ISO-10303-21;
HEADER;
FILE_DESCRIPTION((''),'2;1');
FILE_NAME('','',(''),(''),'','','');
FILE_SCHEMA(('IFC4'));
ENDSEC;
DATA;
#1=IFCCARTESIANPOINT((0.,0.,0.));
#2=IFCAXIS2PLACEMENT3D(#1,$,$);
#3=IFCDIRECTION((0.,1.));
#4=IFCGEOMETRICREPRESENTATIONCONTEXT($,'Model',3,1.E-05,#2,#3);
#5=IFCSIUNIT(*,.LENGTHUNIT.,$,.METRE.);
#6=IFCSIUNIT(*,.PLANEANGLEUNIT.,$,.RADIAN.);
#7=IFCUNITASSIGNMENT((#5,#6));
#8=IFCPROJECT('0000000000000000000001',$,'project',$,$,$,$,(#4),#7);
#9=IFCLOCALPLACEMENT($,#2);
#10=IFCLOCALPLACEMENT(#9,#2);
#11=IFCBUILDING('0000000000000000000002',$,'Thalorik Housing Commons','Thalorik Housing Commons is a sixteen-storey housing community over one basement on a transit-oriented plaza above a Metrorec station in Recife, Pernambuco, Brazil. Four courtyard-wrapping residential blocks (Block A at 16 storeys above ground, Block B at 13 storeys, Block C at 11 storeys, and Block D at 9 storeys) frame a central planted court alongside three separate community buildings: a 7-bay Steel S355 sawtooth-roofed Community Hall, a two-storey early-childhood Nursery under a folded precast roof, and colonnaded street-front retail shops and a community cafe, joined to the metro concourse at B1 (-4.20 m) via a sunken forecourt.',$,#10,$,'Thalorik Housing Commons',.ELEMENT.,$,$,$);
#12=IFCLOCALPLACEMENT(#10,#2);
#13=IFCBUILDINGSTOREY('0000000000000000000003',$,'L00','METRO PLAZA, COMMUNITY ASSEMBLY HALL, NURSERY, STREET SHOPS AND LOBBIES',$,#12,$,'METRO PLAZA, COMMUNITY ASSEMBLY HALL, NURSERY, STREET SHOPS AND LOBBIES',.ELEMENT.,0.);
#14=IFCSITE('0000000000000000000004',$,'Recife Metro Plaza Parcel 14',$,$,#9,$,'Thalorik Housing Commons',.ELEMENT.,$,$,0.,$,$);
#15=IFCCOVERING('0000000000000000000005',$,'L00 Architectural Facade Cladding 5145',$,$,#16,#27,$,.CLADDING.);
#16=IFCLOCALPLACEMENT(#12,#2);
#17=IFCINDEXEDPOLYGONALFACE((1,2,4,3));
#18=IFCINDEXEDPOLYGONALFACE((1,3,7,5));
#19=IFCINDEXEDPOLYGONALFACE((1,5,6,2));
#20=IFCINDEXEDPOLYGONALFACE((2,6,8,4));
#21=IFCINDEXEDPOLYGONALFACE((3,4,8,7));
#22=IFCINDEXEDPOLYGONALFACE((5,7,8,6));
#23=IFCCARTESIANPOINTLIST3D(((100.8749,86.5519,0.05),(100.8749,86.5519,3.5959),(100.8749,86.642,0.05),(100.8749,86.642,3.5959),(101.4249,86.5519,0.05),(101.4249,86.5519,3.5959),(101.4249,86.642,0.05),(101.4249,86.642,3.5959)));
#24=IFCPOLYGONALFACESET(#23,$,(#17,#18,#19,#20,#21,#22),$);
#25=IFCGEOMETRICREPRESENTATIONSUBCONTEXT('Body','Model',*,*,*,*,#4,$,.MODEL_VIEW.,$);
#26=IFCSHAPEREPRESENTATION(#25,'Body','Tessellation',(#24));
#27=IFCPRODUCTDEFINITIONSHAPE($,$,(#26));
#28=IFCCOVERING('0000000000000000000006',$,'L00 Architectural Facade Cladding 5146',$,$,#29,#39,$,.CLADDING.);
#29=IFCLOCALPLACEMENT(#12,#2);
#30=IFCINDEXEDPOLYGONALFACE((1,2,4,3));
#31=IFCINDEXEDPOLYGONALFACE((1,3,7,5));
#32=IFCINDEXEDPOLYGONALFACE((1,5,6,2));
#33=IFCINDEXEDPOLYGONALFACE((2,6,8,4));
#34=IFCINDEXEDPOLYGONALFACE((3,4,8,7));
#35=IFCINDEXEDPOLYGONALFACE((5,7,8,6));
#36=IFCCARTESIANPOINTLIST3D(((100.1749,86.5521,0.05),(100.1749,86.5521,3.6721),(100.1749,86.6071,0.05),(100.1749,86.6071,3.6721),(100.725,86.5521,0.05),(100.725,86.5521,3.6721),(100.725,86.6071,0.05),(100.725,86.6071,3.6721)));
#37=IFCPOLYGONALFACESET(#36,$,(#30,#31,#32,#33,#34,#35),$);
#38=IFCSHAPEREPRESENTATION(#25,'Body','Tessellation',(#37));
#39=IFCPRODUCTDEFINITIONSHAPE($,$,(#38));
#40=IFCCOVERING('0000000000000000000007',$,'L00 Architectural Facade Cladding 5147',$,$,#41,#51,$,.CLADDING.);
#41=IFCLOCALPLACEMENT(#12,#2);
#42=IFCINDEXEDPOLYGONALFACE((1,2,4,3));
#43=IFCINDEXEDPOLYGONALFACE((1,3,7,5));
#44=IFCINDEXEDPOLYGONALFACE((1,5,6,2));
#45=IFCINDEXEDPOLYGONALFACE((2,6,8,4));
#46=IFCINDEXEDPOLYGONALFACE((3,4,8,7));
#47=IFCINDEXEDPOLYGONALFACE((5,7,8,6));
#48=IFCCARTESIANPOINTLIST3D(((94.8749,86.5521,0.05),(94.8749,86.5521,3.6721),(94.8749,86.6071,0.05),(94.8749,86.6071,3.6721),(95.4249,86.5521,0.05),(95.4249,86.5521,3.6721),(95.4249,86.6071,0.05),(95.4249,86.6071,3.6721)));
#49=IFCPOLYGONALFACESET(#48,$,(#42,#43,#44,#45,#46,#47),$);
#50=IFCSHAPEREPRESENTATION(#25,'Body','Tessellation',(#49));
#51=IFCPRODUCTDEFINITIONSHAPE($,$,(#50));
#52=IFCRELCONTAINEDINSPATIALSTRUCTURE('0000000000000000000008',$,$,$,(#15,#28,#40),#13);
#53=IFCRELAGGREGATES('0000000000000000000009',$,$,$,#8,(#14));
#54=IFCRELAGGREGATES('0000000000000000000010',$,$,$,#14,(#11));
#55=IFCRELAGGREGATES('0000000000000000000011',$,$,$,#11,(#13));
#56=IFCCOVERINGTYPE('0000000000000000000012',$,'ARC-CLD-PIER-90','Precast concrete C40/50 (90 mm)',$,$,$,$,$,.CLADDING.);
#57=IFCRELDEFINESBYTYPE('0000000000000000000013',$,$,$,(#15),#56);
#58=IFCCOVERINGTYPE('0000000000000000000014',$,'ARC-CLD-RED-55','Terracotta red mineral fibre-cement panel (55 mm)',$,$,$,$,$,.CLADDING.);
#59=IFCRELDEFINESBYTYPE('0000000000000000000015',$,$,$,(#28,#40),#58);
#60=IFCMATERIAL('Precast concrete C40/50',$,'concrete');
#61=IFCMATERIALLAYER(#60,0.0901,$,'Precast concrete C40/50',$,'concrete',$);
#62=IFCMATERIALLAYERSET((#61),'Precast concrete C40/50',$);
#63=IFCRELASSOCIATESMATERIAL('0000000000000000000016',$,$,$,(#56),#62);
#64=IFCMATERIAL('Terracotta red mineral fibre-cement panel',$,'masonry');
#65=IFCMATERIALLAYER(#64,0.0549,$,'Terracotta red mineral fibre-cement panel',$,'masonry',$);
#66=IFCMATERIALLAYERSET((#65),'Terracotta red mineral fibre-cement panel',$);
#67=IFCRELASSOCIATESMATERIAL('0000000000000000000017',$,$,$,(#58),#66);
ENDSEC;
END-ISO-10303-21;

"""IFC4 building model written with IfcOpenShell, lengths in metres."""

from ifc_helpers import new_model, si_unit, direction, frame, origin, origin_2d, place, context, subcontext, project, spatial, rectangle, extrude, material, layer, layer_set, type_object, element, save


model = new_model("IFC4")

# Units and contexts
model_context = context("Model", 3, precision=1e-05, world=origin(), true_north=direction((0.0, 1.0)))
body_context = subcontext(model_context, "Body", "Model", "MODEL_VIEW")
ifc_project = project(units=[si_unit("LENGTHUNIT", "METRE"), si_unit("PLANEANGLEUNIT", "RADIAN")], contexts=[model_context])

# Site, building, storey
site_placement = place(None, origin())
site = spatial("IfcSite", under=ifc_project, at=site_placement, Name="Recife Metro Plaza Parcel 14", LongName="Thalorik Housing Commons", CompositionType="ELEMENT", RefElevation=0.0)
building_placement = place(site_placement, origin())
building = spatial("IfcBuilding", under=site, at=building_placement, Name="Thalorik Housing Commons", Description="Thalorik Housing Commons is a sixteen-storey housing community over one basement on a transit-oriented plaza above a Metrorec station in Recife, Pernambuco, Brazil. Four courtyard-wrapping residential blocks (Block A at 16 storeys above ground, Block B at 13 storeys, Block C at 11 storeys, and Block D at 9 storeys) frame a central planted court alongside three separate community buildings: a 7-bay Steel S355 sawtooth-roofed Community Hall, a two-storey early-childhood Nursery under a folded precast roof, and colonnaded street-front retail shops and a community cafe, joined to the metro concourse at B1 (-4.20 m) via a sunken forecourt.", LongName="Thalorik Housing Commons", CompositionType="ELEMENT")
storey_placement = place(building_placement, origin())
storey = spatial("IfcBuildingStorey", under=building, at=storey_placement, Name="L00", Description="METRO PLAZA, COMMUNITY ASSEMBLY HALL, NURSERY, STREET SHOPS AND LOBBIES", LongName="METRO PLAZA, COMMUNITY ASSEMBLY HALL, NURSERY, STREET SHOPS AND LOBBIES", CompositionType="ELEMENT", Elevation=0.0)

# Coverings
ifc_material_1 = material(Name="Precast concrete C40/50", Category="concrete")
ifc_layer_1 = layer(ifc_material_1, 0.0901, Name="Precast concrete C40/50", Category="concrete")
ifc_layer_set_1 = layer_set([ifc_layer_1], Name="Precast concrete C40/50")
covering_type_1 = type_object("IfcCoveringType", Name="ARC-CLD-PIER-90", Description="Precast concrete C40/50 (90 mm)", PredefinedType="CLADDING", material=ifc_layer_set_1)
covering_placement = place(storey_placement, frame((101.1499, 86.5969, 0.05), z_axis=(0.0, 0.0, 1.0), x_axis=(-1.0, 0.0, 0.0)))
element("IfcCovering", 1, at=covering_placement, inside=storey, type_object=covering_type_1, Name="L00 Architectural Facade Cladding 5145", PredefinedType="CLADDING", context=body_context, shape_type="SweptSolid", body=[
    extrude(rectangle(XDim=0.55, YDim=0.0901, at=origin_2d()), origin(), (0.0, 0.0, 1.0), 3.5459),
])
ifc_material_2 = material(Name="Terracotta red mineral fibre-cement panel", Category="masonry")
ifc_layer_2 = layer(ifc_material_2, 0.0549, Name="Terracotta red mineral fibre-cement panel", Category="masonry")
ifc_layer_set_2 = layer_set([ifc_layer_2], Name="Terracotta red mineral fibre-cement panel")
covering_type_2 = type_object("IfcCoveringType", Name="ARC-CLD-RED-55", Description="Terracotta red mineral fibre-cement panel (55 mm)", PredefinedType="CLADDING", material=ifc_layer_set_2)
for number, where, z_axis, x_axis, name in (
    (2, (100.45, 86.5796, 0.05), (0.0, 0.0, 1.0), (-1.0, 0.0, 0.0), "L00 Architectural Facade Cladding 5146"),
    (3, (95.1499, 86.5796, 0.05), (0.0, 0.0, 1.0), (-1.0, 0.0, 0.0), "L00 Architectural Facade Cladding 5147"),
):
    element("IfcCovering", number, at=place(storey_placement, frame(where, z_axis=z_axis, x_axis=x_axis)), inside=storey, type_object=covering_type_2, Name=name, PredefinedType="CLADDING", context=body_context, shape_type="SweptSolid", body=[
        extrude(rectangle(XDim=0.55, YDim=0.0549, at=origin_2d()), origin(), (0.0, 0.0, 1.0), 3.6221),
    ])

save(model, "model.ifc")
